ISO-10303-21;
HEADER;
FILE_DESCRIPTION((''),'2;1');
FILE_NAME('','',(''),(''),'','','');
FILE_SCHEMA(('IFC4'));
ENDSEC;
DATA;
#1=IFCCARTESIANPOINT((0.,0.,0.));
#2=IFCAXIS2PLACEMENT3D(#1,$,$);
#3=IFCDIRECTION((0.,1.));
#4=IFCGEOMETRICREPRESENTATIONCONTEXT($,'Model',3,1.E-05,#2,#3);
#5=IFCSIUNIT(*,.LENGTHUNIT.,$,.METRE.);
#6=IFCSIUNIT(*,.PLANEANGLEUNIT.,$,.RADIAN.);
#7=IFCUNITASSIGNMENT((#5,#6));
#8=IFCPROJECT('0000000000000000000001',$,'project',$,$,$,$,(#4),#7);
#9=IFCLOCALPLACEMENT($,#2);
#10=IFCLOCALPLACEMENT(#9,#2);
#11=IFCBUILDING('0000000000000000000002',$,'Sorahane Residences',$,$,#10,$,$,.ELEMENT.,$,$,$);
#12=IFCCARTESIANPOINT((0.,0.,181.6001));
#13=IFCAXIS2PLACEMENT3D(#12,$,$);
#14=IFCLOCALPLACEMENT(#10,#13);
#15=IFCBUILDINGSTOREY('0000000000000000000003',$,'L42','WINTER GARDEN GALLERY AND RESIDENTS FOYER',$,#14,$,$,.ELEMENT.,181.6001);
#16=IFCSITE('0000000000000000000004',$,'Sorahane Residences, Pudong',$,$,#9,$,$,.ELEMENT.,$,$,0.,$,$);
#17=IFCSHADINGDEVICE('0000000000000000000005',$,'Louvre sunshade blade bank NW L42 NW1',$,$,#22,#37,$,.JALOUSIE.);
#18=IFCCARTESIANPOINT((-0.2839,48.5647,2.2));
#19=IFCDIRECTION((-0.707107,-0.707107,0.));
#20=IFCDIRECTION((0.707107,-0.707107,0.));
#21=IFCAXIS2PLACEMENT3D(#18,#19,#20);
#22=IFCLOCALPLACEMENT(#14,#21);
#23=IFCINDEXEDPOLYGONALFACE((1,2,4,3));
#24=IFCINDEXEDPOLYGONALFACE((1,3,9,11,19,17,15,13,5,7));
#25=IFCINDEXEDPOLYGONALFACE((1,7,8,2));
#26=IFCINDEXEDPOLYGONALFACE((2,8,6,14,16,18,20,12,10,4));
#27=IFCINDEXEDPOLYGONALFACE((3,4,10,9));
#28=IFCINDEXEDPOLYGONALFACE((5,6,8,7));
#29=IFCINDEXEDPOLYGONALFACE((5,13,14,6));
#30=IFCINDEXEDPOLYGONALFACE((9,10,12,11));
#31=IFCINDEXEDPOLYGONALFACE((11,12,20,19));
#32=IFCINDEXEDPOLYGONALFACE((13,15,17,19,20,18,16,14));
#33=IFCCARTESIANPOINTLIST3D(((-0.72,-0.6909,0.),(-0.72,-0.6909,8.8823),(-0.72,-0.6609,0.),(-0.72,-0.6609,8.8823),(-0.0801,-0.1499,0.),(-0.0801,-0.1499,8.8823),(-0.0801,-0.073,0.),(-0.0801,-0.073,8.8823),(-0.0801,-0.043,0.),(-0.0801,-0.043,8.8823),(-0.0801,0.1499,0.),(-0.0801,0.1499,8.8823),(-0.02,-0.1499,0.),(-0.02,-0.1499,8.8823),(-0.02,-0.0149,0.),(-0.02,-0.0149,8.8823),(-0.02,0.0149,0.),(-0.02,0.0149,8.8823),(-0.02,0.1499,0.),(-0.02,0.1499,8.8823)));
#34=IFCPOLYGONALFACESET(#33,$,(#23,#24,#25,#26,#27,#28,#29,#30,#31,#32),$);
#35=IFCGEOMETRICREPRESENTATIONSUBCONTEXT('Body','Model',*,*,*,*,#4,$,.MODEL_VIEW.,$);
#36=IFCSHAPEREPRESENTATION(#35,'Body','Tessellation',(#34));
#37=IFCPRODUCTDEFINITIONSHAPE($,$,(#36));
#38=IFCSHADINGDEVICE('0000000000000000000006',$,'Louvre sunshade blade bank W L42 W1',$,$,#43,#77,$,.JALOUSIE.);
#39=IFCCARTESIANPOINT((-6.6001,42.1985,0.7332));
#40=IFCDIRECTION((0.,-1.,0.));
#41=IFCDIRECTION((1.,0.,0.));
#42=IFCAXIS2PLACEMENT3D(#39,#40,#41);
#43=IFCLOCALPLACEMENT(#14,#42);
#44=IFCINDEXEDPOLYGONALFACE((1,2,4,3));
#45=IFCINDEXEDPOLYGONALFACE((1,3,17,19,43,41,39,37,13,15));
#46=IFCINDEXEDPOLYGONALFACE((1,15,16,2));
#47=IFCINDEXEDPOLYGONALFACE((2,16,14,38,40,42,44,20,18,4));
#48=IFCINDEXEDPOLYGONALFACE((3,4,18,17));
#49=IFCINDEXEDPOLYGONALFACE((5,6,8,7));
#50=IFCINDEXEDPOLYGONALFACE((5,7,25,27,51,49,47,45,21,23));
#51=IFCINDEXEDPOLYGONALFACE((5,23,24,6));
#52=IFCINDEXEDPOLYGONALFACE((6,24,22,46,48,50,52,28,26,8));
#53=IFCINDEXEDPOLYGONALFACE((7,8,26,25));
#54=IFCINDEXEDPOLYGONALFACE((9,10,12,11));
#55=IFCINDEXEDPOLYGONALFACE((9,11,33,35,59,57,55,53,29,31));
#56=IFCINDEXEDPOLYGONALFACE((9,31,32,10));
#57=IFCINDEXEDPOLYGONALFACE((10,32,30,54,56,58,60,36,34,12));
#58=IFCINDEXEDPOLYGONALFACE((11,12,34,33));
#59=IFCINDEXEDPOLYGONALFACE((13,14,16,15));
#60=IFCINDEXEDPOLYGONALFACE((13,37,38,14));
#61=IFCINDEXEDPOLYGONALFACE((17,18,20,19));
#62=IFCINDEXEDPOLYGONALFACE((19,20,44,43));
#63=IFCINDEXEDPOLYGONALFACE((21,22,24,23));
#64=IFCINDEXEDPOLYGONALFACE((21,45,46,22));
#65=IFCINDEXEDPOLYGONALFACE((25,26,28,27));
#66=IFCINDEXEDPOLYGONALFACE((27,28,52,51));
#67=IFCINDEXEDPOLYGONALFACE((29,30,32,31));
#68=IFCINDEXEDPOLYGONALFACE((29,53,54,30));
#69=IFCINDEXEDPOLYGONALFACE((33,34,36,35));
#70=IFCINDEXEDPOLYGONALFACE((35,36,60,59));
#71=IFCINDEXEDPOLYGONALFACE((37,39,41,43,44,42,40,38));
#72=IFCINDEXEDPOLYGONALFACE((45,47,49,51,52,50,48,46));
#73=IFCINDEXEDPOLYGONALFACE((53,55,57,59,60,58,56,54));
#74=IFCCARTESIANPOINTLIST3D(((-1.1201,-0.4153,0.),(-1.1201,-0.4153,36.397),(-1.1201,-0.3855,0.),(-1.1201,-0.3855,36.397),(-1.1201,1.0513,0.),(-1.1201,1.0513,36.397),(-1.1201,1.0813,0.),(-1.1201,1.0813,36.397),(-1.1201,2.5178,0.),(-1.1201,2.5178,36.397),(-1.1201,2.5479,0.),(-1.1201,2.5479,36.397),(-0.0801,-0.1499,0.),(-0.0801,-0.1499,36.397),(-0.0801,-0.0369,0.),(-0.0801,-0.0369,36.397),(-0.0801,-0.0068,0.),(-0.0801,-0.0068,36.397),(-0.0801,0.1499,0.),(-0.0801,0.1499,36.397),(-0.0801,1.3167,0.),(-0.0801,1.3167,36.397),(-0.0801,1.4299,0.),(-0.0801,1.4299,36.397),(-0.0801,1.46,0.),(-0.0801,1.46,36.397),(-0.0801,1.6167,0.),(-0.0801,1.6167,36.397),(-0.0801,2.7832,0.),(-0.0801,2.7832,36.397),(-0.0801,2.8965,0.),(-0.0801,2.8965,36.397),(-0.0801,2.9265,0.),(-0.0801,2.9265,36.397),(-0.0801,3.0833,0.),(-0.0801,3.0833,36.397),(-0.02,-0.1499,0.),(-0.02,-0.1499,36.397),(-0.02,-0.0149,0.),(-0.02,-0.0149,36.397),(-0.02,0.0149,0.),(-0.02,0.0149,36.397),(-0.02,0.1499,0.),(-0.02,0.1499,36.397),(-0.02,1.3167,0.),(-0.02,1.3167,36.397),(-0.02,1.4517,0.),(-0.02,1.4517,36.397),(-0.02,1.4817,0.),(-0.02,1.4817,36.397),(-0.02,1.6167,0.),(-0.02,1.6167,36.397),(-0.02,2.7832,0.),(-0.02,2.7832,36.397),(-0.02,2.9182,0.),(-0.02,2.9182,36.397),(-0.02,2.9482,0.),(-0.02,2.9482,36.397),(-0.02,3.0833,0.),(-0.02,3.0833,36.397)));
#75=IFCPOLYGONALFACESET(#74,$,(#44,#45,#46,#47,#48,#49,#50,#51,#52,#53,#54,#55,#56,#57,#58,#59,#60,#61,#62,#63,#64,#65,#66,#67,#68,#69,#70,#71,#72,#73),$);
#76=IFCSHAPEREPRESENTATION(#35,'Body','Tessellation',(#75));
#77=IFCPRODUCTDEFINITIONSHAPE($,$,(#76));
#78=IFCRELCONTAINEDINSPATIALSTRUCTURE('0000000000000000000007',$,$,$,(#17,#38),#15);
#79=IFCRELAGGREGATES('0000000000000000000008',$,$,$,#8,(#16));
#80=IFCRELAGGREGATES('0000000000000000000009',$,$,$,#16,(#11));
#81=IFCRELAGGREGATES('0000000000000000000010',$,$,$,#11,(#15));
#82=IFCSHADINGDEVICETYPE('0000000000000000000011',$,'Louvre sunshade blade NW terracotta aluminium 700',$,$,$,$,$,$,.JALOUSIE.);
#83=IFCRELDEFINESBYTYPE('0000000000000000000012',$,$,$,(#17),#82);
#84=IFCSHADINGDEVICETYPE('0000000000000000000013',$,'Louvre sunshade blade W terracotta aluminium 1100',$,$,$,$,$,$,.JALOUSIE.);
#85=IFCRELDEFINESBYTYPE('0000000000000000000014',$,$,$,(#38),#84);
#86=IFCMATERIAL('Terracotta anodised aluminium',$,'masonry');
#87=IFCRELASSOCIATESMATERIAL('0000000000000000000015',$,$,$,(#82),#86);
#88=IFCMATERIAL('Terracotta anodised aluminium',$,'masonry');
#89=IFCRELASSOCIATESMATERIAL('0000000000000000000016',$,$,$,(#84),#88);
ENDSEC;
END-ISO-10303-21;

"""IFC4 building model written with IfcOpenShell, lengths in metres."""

from ifc_helpers import new_model, si_unit, direction, frame, origin, place, context, subcontext, project, spatial, polyline, outline, composite_profile, extrude, material, type_object, element, save


model = new_model("IFC4")

# Units and contexts
model_context = context("Model", 3, precision=1e-05, world=origin(), true_north=direction((0.0, 1.0)))
body_context = subcontext(model_context, "Body", "Model", "MODEL_VIEW")
ifc_project = project(units=[si_unit("LENGTHUNIT", "METRE"), si_unit("PLANEANGLEUNIT", "RADIAN")], contexts=[model_context])

# Site, building, storey
site_placement = place(None, origin())
site = spatial("IfcSite", under=ifc_project, at=site_placement, Name="Sorahane Residences, Pudong", CompositionType="ELEMENT", RefElevation=0.0)
building_placement = place(site_placement, origin())
building = spatial("IfcBuilding", under=site, at=building_placement, Name="Sorahane Residences", CompositionType="ELEMENT")
storey_placement = place(building_placement, frame((0.0, 0.0, 181.6001)))
storey = spatial("IfcBuildingStorey", under=building, at=storey_placement, Name="L42", Description="WINTER GARDEN GALLERY AND RESIDENTS FOYER", CompositionType="ELEMENT", Elevation=181.6001)

# Shading devices
ifc_material_1 = material(Name="Terracotta anodised aluminium", Category="masonry")
shading_device_type_1 = type_object("IfcShadingDeviceType", Name="Louvre sunshade blade NW terracotta aluminium 700", PredefinedType="JALOUSIE", material=ifc_material_1)
shading_device_1_placement = place(storey_placement, frame((-0.2839, 48.5647, 2.2), z_axis=(-0.707107, -0.707107, 0.0), x_axis=(0.707107, -0.707107, 0.0)))
element("IfcShadingDevice", 1, at=shading_device_1_placement, inside=storey, type_object=shading_device_type_1, Name="Louvre sunshade blade bank NW L42 NW1", PredefinedType="JALOUSIE", context=body_context, shape_type="SweptSolid", body=[
    extrude(outline(polyline([(-0.72, -0.6609), (-0.72, -0.6909), (-0.0801, -0.073), (-0.0801, -0.1499), (-0.02, -0.1499), (-0.02, -0.0149), (-0.02, 0.0149), (-0.02, 0.1499), (-0.0801, 0.1499), (-0.0801, -0.043), (-0.72, -0.6609)])), origin(), (0.0, 0.0, 1.0), 8.8823),
])
ifc_material_2 = material(Name="Terracotta anodised aluminium", Category="masonry")
shading_device_type_2 = type_object("IfcShadingDeviceType", Name="Louvre sunshade blade W terracotta aluminium 1100", PredefinedType="JALOUSIE", material=ifc_material_2)
shading_device_2_placement = place(storey_placement, frame((-6.6001, 42.1985, 0.7332), z_axis=(0.0, -1.0, 0.0), x_axis=(1.0, 0.0, 0.0)))
element("IfcShadingDevice", 2, at=shading_device_2_placement, inside=storey, type_object=shading_device_type_2, Name="Louvre sunshade blade bank W L42 W1", PredefinedType="JALOUSIE", context=body_context, shape_type="SweptSolid", body=[
    extrude(composite_profile([outline(polyline([(-1.1201, -0.3855), (-1.1201, -0.4153), (-0.0801, -0.0369), (-0.0801, -0.1499), (-0.02, -0.1499), (-0.02, -0.0149), (-0.02, 0.0149), (-0.02, 0.1499), (-0.0801, 0.1499), (-0.0801, -0.0068), (-1.1201, -0.3855)])), outline(polyline([(-1.1201, 1.0813), (-1.1201, 1.0513), (-0.0801, 1.4299), (-0.0801, 1.3167), (-0.02, 1.3167), (-0.02, 1.4517), (-0.02, 1.4817), (-0.02, 1.6167), (-0.0801, 1.6167), (-0.0801, 1.46), (-1.1201, 1.0813)])), outline(polyline([(-1.1201, 2.5479), (-1.1201, 2.5178), (-0.0801, 2.8965), (-0.0801, 2.7832), (-0.02, 2.7832), (-0.02, 2.9182), (-0.02, 2.9482), (-0.02, 3.0833), (-0.0801, 3.0833), (-0.0801, 2.9265), (-1.1201, 2.5479)]))]), origin(), (0.0, 0.0, 1.0), 36.397),
])

save(model, "model.ifc")
